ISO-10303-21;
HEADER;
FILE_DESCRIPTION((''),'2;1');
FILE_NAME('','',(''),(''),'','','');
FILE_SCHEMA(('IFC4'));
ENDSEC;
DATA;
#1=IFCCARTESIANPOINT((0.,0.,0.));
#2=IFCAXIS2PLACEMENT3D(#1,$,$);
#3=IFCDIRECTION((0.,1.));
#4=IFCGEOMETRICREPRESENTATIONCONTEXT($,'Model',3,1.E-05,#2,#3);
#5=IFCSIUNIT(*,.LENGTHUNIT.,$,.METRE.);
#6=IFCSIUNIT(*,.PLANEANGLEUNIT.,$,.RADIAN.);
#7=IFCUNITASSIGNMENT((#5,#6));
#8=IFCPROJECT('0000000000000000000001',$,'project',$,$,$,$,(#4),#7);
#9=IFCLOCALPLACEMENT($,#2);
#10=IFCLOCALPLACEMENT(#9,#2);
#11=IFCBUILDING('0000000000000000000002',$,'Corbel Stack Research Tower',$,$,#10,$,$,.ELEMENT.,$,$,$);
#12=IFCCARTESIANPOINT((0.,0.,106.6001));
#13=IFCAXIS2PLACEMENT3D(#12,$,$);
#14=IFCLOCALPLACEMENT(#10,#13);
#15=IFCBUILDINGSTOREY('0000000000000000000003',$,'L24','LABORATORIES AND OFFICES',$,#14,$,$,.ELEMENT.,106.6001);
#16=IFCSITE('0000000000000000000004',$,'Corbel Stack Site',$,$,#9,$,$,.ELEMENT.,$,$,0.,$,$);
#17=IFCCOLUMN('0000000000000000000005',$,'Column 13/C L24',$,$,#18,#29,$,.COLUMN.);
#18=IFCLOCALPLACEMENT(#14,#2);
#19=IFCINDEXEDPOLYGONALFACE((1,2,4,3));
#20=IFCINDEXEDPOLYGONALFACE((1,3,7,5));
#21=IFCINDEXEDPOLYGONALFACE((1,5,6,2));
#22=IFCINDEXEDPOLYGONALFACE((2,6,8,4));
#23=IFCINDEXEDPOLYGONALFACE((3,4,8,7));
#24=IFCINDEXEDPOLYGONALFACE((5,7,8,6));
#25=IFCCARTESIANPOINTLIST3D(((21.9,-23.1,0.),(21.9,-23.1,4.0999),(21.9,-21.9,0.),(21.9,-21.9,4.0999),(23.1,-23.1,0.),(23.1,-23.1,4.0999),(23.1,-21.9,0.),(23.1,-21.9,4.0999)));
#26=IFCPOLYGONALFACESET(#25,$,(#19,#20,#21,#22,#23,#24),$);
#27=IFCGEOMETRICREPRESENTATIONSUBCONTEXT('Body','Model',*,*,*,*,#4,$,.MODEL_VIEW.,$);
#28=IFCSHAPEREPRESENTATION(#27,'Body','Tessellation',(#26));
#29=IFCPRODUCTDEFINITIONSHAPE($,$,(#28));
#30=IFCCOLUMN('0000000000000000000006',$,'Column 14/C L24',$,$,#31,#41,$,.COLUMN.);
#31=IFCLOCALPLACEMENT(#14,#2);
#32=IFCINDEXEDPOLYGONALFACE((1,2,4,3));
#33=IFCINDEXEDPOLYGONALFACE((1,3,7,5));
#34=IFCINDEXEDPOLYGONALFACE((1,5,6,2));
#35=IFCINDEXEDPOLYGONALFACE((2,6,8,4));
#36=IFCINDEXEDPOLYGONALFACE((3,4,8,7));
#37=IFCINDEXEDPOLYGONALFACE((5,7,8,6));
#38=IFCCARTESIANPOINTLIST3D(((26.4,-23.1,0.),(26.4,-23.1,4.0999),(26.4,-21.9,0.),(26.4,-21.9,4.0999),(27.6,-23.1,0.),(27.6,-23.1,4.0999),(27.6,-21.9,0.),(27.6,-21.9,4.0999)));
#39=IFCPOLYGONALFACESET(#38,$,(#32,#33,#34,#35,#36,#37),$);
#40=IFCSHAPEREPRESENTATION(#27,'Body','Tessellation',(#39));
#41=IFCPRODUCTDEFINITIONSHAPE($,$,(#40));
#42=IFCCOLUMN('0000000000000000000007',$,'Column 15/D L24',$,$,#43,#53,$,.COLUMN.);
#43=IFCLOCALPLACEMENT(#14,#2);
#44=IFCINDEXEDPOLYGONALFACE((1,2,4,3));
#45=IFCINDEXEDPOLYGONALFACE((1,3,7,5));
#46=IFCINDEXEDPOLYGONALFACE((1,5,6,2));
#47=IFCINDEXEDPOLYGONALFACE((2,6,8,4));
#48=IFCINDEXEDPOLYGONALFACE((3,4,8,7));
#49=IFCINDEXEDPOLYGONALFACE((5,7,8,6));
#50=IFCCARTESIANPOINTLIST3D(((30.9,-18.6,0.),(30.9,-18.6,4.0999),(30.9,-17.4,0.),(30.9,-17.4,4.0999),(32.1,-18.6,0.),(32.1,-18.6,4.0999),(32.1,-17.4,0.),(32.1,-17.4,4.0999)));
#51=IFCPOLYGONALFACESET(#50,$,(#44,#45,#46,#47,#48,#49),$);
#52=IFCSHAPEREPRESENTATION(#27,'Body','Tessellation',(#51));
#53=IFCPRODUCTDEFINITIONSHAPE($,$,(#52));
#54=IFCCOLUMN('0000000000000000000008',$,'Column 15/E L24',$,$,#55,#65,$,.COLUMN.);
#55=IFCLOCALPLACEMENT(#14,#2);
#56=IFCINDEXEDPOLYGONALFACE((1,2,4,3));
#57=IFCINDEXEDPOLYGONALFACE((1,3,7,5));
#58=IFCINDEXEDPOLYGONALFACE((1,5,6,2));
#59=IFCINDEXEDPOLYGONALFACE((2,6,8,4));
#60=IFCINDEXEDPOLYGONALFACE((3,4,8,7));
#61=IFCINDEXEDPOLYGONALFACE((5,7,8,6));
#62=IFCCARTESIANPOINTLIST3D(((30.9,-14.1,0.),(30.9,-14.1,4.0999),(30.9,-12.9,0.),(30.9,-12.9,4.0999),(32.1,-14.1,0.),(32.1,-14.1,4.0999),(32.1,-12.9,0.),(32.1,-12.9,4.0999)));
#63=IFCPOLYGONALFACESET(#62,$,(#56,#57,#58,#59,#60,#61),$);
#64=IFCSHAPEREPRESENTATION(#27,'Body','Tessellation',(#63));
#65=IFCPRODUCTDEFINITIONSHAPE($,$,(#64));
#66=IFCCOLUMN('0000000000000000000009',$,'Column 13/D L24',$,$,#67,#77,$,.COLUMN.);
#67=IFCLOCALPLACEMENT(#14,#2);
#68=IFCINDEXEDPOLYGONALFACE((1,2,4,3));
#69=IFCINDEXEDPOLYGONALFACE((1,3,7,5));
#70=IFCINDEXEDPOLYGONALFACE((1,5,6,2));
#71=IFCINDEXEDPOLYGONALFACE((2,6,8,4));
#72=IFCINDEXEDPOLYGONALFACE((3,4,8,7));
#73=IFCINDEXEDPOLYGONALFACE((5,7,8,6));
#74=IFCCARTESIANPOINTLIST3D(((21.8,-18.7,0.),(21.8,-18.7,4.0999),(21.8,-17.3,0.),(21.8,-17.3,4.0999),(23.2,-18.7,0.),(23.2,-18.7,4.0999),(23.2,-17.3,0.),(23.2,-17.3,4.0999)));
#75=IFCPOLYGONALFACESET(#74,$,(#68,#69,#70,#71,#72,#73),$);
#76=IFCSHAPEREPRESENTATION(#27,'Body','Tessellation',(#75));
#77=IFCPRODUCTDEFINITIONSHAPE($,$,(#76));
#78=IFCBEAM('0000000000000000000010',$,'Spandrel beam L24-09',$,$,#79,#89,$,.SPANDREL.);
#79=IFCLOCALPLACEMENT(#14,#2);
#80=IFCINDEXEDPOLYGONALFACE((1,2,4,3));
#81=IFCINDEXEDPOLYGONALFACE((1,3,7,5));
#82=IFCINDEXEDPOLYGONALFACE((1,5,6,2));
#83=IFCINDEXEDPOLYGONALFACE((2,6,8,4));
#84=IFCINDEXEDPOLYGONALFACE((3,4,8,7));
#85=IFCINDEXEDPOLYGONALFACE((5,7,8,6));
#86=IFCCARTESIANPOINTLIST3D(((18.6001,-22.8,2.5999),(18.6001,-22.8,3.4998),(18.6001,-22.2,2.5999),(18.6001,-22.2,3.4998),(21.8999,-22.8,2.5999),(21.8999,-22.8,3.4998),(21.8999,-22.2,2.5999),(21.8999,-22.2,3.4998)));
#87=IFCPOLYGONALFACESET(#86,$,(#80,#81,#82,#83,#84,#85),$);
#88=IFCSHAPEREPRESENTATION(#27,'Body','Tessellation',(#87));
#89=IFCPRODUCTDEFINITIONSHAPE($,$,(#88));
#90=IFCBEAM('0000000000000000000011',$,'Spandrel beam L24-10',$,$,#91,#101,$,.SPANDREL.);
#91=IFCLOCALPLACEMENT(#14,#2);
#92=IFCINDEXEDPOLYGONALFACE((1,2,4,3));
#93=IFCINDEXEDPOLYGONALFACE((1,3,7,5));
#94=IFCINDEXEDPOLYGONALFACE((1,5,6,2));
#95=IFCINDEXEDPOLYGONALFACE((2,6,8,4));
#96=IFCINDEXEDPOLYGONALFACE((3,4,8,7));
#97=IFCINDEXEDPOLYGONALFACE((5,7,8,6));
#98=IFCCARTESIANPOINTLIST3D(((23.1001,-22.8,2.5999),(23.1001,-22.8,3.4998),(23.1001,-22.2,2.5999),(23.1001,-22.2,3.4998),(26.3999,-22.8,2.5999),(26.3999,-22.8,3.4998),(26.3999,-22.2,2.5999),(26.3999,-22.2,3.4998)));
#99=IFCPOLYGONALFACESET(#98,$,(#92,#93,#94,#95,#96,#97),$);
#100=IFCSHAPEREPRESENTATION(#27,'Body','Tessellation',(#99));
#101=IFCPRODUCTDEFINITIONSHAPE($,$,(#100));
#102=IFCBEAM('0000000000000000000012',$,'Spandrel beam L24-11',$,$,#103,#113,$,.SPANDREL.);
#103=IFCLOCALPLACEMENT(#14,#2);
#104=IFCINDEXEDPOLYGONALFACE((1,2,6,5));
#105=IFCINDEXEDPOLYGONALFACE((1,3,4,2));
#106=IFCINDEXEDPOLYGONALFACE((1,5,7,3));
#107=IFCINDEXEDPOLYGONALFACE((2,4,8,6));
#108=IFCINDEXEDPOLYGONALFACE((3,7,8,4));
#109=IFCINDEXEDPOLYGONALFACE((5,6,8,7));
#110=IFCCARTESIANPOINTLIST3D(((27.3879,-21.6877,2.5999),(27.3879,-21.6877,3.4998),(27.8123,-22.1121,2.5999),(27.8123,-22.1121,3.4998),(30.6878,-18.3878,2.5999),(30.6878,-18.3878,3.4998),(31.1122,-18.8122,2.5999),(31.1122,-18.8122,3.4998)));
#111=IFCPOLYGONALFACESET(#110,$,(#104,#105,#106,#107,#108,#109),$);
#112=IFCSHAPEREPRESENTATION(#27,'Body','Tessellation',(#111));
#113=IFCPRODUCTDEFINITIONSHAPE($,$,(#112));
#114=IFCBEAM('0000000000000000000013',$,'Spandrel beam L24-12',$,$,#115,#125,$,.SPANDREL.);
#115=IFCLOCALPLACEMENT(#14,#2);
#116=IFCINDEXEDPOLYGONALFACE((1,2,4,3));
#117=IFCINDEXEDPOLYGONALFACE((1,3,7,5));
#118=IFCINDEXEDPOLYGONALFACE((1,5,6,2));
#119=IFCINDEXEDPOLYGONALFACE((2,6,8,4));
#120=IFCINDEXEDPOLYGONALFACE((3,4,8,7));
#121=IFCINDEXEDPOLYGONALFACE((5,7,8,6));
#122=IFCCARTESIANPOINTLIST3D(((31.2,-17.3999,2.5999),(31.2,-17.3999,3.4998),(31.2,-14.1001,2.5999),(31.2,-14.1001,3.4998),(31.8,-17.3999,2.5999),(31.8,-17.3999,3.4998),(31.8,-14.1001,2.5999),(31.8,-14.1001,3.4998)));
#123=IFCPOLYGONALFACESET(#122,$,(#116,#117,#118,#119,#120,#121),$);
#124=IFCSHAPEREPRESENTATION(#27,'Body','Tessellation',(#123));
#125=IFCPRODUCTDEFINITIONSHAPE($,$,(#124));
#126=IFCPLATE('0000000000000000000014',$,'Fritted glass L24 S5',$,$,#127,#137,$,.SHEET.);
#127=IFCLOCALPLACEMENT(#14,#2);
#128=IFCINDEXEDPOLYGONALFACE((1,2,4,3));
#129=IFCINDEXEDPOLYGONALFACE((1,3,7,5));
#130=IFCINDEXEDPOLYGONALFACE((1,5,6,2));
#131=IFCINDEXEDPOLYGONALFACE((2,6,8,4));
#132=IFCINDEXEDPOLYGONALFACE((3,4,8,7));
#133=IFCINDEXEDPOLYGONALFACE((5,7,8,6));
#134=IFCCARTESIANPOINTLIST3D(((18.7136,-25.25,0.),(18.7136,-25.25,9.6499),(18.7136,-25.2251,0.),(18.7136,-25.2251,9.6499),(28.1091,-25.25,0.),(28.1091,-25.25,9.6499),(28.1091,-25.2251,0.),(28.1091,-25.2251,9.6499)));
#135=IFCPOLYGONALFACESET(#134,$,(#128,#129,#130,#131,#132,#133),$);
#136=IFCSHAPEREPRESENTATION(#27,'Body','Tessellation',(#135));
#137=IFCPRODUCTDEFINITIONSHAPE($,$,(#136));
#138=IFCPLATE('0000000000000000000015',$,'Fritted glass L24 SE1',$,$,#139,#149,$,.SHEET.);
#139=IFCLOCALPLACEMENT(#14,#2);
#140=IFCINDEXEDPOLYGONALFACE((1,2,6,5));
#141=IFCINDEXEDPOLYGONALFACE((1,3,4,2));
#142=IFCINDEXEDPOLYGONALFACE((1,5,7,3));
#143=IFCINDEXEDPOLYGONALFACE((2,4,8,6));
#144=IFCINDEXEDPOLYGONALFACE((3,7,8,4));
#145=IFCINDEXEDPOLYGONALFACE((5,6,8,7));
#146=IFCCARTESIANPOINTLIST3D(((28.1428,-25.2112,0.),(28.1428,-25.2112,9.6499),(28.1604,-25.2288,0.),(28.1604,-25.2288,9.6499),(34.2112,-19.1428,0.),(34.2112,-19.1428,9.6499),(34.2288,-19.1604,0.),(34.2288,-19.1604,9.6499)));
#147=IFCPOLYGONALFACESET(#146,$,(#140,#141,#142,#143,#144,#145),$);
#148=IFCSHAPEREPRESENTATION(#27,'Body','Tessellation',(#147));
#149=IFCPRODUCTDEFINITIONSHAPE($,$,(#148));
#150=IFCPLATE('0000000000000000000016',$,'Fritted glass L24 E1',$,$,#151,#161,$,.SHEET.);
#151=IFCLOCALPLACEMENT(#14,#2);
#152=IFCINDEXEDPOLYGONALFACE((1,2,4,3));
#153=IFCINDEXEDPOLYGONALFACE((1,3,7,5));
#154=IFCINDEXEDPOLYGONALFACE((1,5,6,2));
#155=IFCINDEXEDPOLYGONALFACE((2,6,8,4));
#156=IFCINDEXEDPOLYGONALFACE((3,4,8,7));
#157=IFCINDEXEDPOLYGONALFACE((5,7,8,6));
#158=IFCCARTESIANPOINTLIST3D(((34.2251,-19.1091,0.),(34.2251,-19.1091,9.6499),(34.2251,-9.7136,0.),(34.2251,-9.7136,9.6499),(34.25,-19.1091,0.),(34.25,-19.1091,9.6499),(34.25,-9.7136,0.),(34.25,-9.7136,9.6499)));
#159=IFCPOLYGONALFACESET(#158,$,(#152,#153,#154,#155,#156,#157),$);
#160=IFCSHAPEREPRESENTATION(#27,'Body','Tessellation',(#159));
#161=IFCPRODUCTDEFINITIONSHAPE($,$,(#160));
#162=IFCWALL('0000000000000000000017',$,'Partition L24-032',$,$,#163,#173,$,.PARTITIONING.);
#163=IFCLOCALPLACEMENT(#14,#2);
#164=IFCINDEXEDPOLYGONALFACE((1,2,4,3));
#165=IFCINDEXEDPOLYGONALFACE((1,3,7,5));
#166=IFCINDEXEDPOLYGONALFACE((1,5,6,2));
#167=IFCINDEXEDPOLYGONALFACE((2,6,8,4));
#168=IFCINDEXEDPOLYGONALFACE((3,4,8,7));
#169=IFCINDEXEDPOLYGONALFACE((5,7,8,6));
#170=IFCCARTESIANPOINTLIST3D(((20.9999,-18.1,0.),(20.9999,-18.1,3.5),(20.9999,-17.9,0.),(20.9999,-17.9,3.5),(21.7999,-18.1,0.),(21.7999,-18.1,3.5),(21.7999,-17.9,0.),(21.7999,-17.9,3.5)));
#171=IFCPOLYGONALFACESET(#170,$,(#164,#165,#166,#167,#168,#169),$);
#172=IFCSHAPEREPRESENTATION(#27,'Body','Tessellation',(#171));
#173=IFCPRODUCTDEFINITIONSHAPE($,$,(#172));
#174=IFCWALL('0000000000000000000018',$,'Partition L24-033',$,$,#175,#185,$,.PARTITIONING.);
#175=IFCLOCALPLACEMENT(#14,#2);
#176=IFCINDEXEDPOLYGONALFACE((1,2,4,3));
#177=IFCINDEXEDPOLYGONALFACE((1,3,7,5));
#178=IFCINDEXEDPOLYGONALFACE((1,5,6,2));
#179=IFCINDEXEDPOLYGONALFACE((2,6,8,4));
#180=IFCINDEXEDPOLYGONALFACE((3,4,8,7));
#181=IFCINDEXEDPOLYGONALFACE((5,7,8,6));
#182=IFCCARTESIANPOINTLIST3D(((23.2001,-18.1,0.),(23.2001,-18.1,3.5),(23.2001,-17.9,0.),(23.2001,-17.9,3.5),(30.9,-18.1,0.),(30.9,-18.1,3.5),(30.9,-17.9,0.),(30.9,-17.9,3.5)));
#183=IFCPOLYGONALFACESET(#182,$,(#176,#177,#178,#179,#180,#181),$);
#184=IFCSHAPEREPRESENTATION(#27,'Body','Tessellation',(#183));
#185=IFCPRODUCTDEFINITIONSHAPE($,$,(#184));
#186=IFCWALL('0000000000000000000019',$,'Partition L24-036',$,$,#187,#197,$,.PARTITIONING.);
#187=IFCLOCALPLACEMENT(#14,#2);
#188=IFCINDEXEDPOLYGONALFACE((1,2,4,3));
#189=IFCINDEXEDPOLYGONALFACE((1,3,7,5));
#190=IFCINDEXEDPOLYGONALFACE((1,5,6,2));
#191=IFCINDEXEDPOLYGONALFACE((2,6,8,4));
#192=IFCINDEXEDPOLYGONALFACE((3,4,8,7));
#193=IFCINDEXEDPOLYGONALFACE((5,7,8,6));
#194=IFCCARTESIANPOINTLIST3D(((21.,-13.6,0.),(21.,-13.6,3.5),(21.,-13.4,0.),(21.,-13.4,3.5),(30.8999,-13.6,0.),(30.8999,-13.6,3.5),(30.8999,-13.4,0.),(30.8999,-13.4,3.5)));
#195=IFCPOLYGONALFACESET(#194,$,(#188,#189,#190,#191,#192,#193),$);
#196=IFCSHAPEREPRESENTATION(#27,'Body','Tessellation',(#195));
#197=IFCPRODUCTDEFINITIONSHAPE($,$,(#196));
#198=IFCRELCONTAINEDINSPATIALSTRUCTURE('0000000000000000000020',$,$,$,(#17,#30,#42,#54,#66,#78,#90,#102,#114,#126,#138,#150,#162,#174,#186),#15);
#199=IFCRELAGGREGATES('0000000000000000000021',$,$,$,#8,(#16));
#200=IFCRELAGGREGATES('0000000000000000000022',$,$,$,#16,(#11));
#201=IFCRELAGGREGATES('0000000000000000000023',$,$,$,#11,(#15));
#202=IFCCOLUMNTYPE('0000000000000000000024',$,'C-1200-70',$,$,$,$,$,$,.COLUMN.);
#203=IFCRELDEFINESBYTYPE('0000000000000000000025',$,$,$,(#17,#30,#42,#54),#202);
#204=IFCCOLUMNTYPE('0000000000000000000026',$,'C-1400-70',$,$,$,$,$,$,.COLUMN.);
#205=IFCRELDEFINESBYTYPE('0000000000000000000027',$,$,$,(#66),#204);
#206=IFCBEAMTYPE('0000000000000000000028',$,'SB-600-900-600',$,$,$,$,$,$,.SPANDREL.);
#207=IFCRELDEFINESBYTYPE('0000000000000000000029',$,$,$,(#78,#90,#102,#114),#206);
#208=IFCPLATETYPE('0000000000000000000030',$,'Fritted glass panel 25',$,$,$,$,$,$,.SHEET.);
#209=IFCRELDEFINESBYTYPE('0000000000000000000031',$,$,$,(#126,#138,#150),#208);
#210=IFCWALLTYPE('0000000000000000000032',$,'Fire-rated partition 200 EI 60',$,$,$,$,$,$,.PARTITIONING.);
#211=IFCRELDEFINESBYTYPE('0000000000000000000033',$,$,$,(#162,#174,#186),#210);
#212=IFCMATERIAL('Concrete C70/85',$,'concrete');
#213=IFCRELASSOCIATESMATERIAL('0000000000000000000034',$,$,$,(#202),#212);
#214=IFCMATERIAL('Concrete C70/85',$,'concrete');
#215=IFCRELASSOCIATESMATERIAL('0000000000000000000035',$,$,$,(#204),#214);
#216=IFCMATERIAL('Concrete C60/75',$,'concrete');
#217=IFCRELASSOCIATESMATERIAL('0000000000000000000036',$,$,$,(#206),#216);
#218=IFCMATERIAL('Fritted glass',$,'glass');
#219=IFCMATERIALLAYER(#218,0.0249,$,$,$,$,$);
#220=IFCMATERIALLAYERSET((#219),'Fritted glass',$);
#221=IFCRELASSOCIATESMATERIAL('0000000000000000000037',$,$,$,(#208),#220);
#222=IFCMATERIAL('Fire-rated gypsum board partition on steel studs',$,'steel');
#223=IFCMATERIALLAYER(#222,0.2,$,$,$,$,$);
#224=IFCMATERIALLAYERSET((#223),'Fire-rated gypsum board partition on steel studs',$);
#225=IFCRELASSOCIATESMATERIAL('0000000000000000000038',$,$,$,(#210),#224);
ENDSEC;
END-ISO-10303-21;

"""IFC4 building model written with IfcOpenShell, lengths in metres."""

from ifc_helpers import new_model, si_unit, direction, frame, frame_2d, origin, origin_2d, place, context, subcontext, project, spatial, rectangle, extrude, material, layer, layer_set, material_profile, profile_set, type_object, element, save


model = new_model("IFC4")

# Units and contexts
model_context = context("Model", 3, precision=1e-05, world=origin(), true_north=direction((0.0, 1.0)))
body_context = subcontext(model_context, "Body", "Model", "MODEL_VIEW")
ifc_project = project(units=[si_unit("LENGTHUNIT", "METRE"), si_unit("PLANEANGLEUNIT", "RADIAN")], contexts=[model_context])

# Site, building, storey
site_placement = place(None, origin())
site = spatial("IfcSite", under=ifc_project, at=site_placement, Name="Corbel Stack Site", CompositionType="ELEMENT", RefElevation=0.0)
building_placement = place(site_placement, origin())
building = spatial("IfcBuilding", under=site, at=building_placement, Name="Corbel Stack Research Tower", CompositionType="ELEMENT")
storey_placement = place(building_placement, frame((0.0, 0.0, 106.6001)))
storey = spatial("IfcBuildingStorey", under=building, at=storey_placement, Name="L24", Description="LABORATORIES AND OFFICES", CompositionType="ELEMENT", Elevation=106.6001)

# Columns
ifc_material_1 = material(Name="Concrete C70/85", Category="concrete")
ifc_material_profile_1 = material_profile(ifc_material_1, rectangle(XDim=1.2, YDim=1.2, at=origin_2d()), Name="RC 1200 x 1200")
ifc_profile_set_1 = profile_set([ifc_material_profile_1], Name="Concrete C70/85")
column_type_1 = type_object("IfcColumnType", Name="C-1200-70", PredefinedType="COLUMN", material=ifc_profile_set_1)
for number, where, z_axis, x_axis, name in (
    (1, (22.5, -22.5, 0.0), (0.0, 0.0, 1.0), (1.0, 0.0, 0.0), "Column 13/C L24"),
    (2, (27.0, -22.5, 0.0), (0.0, 0.0, 1.0), (1.0, 0.0, 0.0), "Column 14/C L24"),
    (3, (31.5, -18.0, 0.0), (0.0, 0.0, 1.0), (1.0, 0.0, 0.0), "Column 15/D L24"),
    (4, (31.5, -13.5, 0.0), (0.0, 0.0, 1.0), (1.0, 0.0, 0.0), "Column 15/E L24"),
):
    element("IfcColumn", number, at=place(storey_placement, frame(where, z_axis=z_axis, x_axis=x_axis)), inside=storey, type_object=column_type_1, Name=name, PredefinedType="COLUMN", context=body_context, shape_type="SweptSolid", body=[
        extrude(rectangle(XDim=1.2, YDim=1.2, at=origin_2d()), origin(), (0.0, 0.0, 1.0), 4.0999),
    ])
ifc_material_2 = material(Name="Concrete C70/85", Category="concrete")
ifc_material_profile_2 = material_profile(ifc_material_2, rectangle(XDim=1.3999, YDim=1.3999, at=origin_2d()), Name="RC 1400 x 1400")
ifc_profile_set_2 = profile_set([ifc_material_profile_2], Name="Concrete C70/85")
column_type_2 = type_object("IfcColumnType", Name="C-1400-70", PredefinedType="COLUMN", material=ifc_profile_set_2)
column_placement = place(storey_placement, frame((22.5, -18.0, 0.0), z_axis=(0.0, 0.0, 1.0), x_axis=(1.0, 0.0, 0.0)))
element("IfcColumn", 5, at=column_placement, inside=storey, type_object=column_type_2, Name="Column 13/D L24", PredefinedType="COLUMN", context=body_context, shape_type="SweptSolid", body=[
    extrude(rectangle(XDim=1.3999, YDim=1.3999, at=origin_2d()), origin(), (0.0, 0.0, 1.0), 4.0999),
])

# Beams
ifc_material_3 = material(Name="Concrete C60/75", Category="concrete")
ifc_material_profile_3 = material_profile(ifc_material_3, rectangle(XDim=0.6001, YDim=0.8999, at=origin_2d()), Name="RC 600 x 900")
ifc_profile_set_3 = profile_set([ifc_material_profile_3], Name="Concrete C60/75")
beam_type = type_object("IfcBeamType", Name="SB-600-900-600", PredefinedType="SPANDREL", material=ifc_profile_set_3)
for number, where, z_axis, x_axis, name in (
    (6, (18.6001, -22.5, 3.0498), (1.0, 0.0, 0.0), (0.0, 1.0, 0.0), "Spandrel beam L24-09"),
    (7, (23.1001, -22.5, 3.0498), (1.0, 0.0, 0.0), (0.0, 1.0, 0.0), "Spandrel beam L24-10"),
):
    element("IfcBeam", number, at=place(storey_placement, frame(where, z_axis=z_axis, x_axis=x_axis)), inside=storey, type_object=beam_type, Name=name, PredefinedType="SPANDREL", context=body_context, shape_type="SweptSolid", body=[
        extrude(rectangle(XDim=0.6001, YDim=0.8999, at=origin_2d()), origin(), (0.0, 0.0, 1.0), 3.2998),
    ])
beam_1_placement = place(storey_placement, frame((27.6001, -21.8999, 3.0498), z_axis=(0.707107, 0.707107, 0.0), x_axis=(-0.707107, 0.707107, 0.0)))
element("IfcBeam", 8, at=beam_1_placement, inside=storey, type_object=beam_type, Name="Spandrel beam L24-11", PredefinedType="SPANDREL", context=body_context, shape_type="SweptSolid", body=[
    extrude(rectangle(XDim=0.6001, YDim=0.8999, at=origin_2d()), origin(), (0.0, 0.0, 1.0), 4.6667),
])
beam_2_placement = place(storey_placement, frame((31.5, -17.3999, 3.0498), z_axis=(0.0, 1.0, 0.0), x_axis=(-1.0, 0.0, 0.0)))
element("IfcBeam", 9, at=beam_2_placement, inside=storey, type_object=beam_type, Name="Spandrel beam L24-12", PredefinedType="SPANDREL", context=body_context, shape_type="SweptSolid", body=[
    extrude(rectangle(XDim=0.6001, YDim=0.8999, at=origin_2d()), origin(), (0.0, 0.0, 1.0), 3.2998),
])

# Plates
ifc_material_4 = material(Name="Fritted glass", Category="glass")
ifc_layer_1 = layer(ifc_material_4, 0.0249)
ifc_layer_set_1 = layer_set([ifc_layer_1], Name="Fritted glass")
plate_type = type_object("IfcPlateType", Name="Fritted glass panel 25", PredefinedType="SHEET", material=ifc_layer_set_1)
plate_1_placement = place(storey_placement, frame((23.4114, -25.2375, 0.0), z_axis=(0.0, 0.0, 1.0), x_axis=(1.0, 0.0, 0.0)))
element("IfcPlate", 10, at=plate_1_placement, inside=storey, type_object=plate_type, Name="Fritted glass L24 S5", PredefinedType="SHEET", context=body_context, shape_type="SweptSolid", body=[
    extrude(rectangle(XDim=9.3955, YDim=0.0249, at=origin_2d()), origin(), (0.0, 0.0, 1.0), 9.6499),
])
plate_2_placement = place(storey_placement, frame((31.1858, -22.1858, 0.0), z_axis=(0.0, 0.0, 1.0), x_axis=(0.707107, 0.707107, 0.0)))
element("IfcPlate", 11, at=plate_2_placement, inside=storey, type_object=plate_type, Name="Fritted glass L24 SE1", PredefinedType="SHEET", context=body_context, shape_type="SweptSolid", body=[
    extrude(rectangle(XDim=8.582, YDim=0.0249, at=origin_2d()), origin(), (0.0, 0.0, 1.0), 9.6499),
])
plate_3_placement = place(storey_placement, frame((34.2375, -14.4114, 0.0), z_axis=(0.0, 0.0, 1.0), x_axis=(0.0, 1.0, 0.0)))
element("IfcPlate", 12, at=plate_3_placement, inside=storey, type_object=plate_type, Name="Fritted glass L24 E1", PredefinedType="SHEET", context=body_context, shape_type="SweptSolid", body=[
    extrude(rectangle(XDim=9.3955, YDim=0.0249, at=origin_2d()), origin(), (0.0, 0.0, 1.0), 9.6499),
])

# Walls
ifc_material_5 = material(Name="Fire-rated gypsum board partition on steel studs", Category="steel")
ifc_layer_2 = layer(ifc_material_5, 0.2)
ifc_layer_set_2 = layer_set([ifc_layer_2], Name="Fire-rated gypsum board partition on steel studs")
wall_type_1 = type_object("IfcWallType", Name="Fire-rated partition 200 EI 60", PredefinedType="PARTITIONING", material=ifc_layer_set_2)
wall_1_placement = place(storey_placement, frame((21.0, -18.0, 0.0), z_axis=(0.0, 0.0, 1.0), x_axis=(1.0, 0.0, 0.0)))
element("IfcWall", 13, at=wall_1_placement, inside=storey, type_object=wall_type_1, Name="Partition L24-032", PredefinedType="PARTITIONING", context=body_context, shape_type="SweptSolid", body=[
    extrude(rectangle(XDim=0.8, YDim=0.2, at=frame_2d((0.3999, 0.0))), origin(), (0.0, 0.0, 1.0), 3.5),
])
wall_2_placement = place(storey_placement, frame((23.2, -18.0, 0.0), z_axis=(0.0, 0.0, 1.0), x_axis=(1.0, 0.0, 0.0)))
element("IfcWall", 14, at=wall_2_placement, inside=storey, type_object=wall_type_1, Name="Partition L24-033", PredefinedType="PARTITIONING", context=body_context, shape_type="SweptSolid", body=[
    extrude(rectangle(XDim=7.7, YDim=0.2, at=frame_2d((3.8501, 0.0))), origin(), (0.0, 0.0, 1.0), 3.5),
])
wall_3_placement = place(storey_placement, frame((21.0, -13.5, 0.0), z_axis=(0.0, 0.0, 1.0), x_axis=(1.0, 0.0, 0.0)))
element("IfcWall", 15, at=wall_3_placement, inside=storey, type_object=wall_type_1, Name="Partition L24-036", PredefinedType="PARTITIONING", context=body_context, shape_type="SweptSolid", body=[
    extrude(rectangle(XDim=9.8999, YDim=0.2, at=frame_2d((4.95, 0.0))), origin(), (0.0, 0.0, 1.0), 3.5),
])

save(model, "model.ifc")
